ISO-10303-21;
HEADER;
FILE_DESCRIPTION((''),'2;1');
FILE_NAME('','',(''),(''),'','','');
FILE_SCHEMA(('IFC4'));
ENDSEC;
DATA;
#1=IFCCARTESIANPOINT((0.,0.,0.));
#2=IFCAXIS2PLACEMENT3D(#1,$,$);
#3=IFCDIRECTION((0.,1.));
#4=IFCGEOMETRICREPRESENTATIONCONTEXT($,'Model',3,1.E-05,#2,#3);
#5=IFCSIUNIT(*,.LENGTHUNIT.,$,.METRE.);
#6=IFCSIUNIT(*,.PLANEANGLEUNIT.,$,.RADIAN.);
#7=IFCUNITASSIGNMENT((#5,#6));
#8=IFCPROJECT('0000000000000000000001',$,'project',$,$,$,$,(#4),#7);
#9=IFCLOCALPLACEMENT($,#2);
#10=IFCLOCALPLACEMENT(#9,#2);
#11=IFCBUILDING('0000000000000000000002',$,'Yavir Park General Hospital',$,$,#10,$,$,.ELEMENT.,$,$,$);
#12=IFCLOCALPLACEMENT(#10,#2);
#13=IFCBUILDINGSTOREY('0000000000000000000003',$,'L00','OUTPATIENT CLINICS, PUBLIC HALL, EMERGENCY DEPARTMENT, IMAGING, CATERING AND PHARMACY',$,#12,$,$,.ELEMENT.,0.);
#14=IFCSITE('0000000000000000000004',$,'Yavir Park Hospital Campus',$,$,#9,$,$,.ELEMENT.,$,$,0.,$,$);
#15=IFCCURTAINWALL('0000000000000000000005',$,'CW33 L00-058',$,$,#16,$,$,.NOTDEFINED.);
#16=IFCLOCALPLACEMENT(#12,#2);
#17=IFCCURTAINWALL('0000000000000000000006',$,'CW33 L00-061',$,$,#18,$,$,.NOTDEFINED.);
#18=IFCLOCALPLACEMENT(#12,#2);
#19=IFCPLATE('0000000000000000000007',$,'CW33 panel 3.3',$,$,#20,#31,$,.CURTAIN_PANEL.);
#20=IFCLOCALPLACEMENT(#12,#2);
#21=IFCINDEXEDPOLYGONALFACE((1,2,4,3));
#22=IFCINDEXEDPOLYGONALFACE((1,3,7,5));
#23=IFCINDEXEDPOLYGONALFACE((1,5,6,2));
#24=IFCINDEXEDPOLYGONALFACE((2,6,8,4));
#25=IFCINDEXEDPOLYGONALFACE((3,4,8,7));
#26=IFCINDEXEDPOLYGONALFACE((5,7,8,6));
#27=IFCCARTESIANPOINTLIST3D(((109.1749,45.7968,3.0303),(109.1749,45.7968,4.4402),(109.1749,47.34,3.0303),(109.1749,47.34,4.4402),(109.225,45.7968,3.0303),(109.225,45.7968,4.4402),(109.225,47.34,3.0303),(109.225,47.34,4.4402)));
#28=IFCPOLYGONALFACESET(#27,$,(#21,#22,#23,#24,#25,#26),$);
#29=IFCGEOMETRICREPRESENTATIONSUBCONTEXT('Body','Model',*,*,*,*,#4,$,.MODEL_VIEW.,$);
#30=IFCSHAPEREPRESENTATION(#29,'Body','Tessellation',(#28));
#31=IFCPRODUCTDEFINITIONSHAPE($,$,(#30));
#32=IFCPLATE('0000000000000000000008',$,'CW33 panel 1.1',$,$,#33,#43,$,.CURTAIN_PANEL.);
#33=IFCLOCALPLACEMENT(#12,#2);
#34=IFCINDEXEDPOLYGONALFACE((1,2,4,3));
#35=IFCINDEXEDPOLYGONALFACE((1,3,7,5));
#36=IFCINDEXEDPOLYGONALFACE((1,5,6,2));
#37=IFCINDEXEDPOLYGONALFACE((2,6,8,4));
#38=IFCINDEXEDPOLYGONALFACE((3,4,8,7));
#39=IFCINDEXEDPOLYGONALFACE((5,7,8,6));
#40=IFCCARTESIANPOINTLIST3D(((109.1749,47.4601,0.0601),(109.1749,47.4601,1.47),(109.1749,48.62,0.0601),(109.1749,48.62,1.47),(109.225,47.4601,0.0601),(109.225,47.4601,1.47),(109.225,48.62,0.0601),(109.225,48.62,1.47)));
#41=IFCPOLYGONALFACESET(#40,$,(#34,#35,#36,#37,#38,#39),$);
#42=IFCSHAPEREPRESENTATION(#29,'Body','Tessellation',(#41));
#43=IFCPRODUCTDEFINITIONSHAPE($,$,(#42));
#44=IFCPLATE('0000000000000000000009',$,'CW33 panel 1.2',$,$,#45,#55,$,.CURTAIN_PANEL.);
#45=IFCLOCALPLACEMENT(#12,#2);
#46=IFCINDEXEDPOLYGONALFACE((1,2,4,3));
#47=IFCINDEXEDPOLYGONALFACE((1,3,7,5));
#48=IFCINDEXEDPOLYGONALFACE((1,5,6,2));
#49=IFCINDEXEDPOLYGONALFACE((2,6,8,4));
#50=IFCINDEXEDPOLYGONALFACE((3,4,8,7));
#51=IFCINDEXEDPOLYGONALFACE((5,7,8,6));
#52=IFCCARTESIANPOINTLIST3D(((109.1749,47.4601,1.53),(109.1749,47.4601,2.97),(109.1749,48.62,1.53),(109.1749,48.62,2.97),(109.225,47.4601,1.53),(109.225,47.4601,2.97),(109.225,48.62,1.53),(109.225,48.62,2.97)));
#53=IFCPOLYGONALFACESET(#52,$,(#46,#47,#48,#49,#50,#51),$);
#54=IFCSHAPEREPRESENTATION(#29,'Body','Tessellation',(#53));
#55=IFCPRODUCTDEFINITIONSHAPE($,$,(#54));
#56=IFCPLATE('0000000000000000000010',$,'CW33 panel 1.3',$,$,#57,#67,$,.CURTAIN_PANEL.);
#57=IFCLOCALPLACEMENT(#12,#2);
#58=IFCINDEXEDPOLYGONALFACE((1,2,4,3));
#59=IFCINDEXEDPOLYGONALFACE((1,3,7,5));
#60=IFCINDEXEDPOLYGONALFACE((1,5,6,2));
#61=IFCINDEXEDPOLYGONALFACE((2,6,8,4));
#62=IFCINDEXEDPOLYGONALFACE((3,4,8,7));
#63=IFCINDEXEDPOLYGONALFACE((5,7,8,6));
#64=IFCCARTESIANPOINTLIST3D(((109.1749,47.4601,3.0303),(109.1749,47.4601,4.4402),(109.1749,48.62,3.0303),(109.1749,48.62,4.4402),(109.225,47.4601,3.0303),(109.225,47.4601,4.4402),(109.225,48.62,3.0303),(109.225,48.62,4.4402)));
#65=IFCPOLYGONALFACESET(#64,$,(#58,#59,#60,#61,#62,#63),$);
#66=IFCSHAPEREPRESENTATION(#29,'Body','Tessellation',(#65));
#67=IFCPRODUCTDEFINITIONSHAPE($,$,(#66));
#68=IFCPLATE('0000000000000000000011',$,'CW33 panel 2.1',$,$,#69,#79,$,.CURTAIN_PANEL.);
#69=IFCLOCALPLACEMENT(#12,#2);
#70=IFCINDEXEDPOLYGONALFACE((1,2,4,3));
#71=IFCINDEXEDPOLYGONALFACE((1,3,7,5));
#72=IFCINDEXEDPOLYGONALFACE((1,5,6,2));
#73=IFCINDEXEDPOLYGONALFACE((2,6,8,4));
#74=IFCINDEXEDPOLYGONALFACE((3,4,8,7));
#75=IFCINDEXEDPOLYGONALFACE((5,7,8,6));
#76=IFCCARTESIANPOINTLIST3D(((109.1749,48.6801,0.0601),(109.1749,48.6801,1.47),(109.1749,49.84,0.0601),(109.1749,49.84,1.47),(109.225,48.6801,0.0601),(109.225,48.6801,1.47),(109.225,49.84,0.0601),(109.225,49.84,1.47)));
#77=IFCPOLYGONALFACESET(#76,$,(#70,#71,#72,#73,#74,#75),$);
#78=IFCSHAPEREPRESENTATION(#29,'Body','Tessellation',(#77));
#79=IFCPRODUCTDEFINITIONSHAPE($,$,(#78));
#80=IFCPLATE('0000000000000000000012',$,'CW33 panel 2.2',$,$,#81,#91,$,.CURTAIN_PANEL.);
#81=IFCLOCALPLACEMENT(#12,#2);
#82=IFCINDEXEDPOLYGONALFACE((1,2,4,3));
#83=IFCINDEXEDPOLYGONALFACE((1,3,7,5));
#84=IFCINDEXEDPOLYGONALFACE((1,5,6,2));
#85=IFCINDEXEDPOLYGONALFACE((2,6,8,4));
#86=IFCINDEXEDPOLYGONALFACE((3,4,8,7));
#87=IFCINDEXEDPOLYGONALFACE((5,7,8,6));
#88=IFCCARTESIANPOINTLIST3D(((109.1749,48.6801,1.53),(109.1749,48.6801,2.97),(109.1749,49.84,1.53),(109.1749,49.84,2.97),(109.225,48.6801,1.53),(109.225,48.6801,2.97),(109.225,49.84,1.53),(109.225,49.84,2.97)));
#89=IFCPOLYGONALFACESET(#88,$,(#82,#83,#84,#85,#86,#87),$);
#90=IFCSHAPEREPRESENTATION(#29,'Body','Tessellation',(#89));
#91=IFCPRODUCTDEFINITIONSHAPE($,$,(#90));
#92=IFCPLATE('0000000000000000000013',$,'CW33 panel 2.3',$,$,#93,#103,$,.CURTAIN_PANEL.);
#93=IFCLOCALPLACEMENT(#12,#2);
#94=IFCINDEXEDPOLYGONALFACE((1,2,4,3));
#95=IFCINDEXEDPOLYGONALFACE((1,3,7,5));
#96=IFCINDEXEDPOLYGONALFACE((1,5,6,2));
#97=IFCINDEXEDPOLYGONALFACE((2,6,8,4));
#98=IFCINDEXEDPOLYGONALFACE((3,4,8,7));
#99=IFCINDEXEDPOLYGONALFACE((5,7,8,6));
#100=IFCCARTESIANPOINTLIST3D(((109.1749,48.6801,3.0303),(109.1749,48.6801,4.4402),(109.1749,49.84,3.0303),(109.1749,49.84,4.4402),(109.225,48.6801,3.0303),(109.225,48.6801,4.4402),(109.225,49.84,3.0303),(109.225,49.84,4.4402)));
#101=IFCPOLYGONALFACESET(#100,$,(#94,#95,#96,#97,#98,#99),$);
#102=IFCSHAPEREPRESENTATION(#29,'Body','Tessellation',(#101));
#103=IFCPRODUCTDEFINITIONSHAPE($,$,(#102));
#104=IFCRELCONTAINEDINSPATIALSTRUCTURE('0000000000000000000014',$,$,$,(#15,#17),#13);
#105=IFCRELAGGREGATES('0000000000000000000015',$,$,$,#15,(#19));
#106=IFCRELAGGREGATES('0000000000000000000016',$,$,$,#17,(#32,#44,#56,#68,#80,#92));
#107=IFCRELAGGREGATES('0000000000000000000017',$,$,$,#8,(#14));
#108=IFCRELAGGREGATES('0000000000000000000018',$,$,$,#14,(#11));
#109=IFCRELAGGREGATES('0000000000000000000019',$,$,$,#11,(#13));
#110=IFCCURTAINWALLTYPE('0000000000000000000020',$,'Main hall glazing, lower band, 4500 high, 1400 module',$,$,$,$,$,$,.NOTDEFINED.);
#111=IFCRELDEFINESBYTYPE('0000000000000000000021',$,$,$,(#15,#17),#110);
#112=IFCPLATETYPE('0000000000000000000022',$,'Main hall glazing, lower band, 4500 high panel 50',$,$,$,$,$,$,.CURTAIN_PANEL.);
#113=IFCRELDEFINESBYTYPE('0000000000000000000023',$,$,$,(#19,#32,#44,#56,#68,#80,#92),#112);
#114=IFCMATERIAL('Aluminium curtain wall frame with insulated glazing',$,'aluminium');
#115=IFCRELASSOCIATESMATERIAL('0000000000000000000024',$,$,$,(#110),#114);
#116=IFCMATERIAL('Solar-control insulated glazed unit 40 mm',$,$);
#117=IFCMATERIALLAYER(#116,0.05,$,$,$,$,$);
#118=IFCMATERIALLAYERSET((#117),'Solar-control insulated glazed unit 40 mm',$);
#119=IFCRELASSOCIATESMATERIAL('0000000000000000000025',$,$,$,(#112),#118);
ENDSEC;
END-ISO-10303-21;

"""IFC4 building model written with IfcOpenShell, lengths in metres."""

from ifc_helpers import new_model, si_unit, direction, frame, origin, origin_2d, place, context, subcontext, project, spatial, rectangle, extrude, material, layer, layer_set, type_object, element, aggregate, save


model = new_model("IFC4")

# Units and contexts
model_context = context("Model", 3, precision=1e-05, world=origin(), true_north=direction((0.0, 1.0)))
body_context = subcontext(model_context, "Body", "Model", "MODEL_VIEW")
ifc_project = project(units=[si_unit("LENGTHUNIT", "METRE"), si_unit("PLANEANGLEUNIT", "RADIAN")], contexts=[model_context])

# Site, building, storey
site_placement = place(None, origin())
site = spatial("IfcSite", under=ifc_project, at=site_placement, Name="Yavir Park Hospital Campus", CompositionType="ELEMENT", RefElevation=0.0)
building_placement = place(site_placement, origin())
building = spatial("IfcBuilding", under=site, at=building_placement, Name="Yavir Park General Hospital", CompositionType="ELEMENT")
storey_placement = place(building_placement, origin())
storey = spatial("IfcBuildingStorey", under=building, at=storey_placement, Name="L00", Description="OUTPATIENT CLINICS, PUBLIC HALL, EMERGENCY DEPARTMENT, IMAGING, CATERING AND PHARMACY", CompositionType="ELEMENT", Elevation=0.0)

# Curtain walls
ifc_material_1 = material(Name="Aluminium curtain wall frame with insulated glazing", Category="aluminium")
curtain_wall_type_1 = type_object("IfcCurtainWallType", Name="Main hall glazing, lower band, 4500 high, 1400 module", PredefinedType="NOTDEFINED", material=ifc_material_1)
curtain_wall_1_placement = place(storey_placement, origin())
curtain_wall_1 = element("IfcCurtainWall", 1, at=curtain_wall_1_placement, inside=storey, type_object=curtain_wall_type_1, Name="CW33 L00-058", PredefinedType="NOTDEFINED")
curtain_wall_2_placement = place(storey_placement, origin())
curtain_wall_2 = element("IfcCurtainWall", 2, at=curtain_wall_2_placement, inside=storey, type_object=curtain_wall_type_1, Name="CW33 L00-061", PredefinedType="NOTDEFINED")

# Plates
ifc_material_2 = material(Name="Solar-control insulated glazed unit 40 mm")
ifc_layer = layer(ifc_material_2, 0.05)
ifc_layer_set = layer_set([ifc_layer], Name="Solar-control insulated glazed unit 40 mm")
plate_type = type_object("IfcPlateType", Name="Main hall glazing, lower band, 4500 high panel 50", PredefinedType="CURTAIN_PANEL", material=ifc_layer_set)
plate_1_placement = place(storey_placement, frame((109.2, 46.5684, 3.0303), z_axis=(0.0, 0.0, 1.0), x_axis=(0.0, 1.0, 0.0)))
plate_1 = element("IfcPlate", 3, at=plate_1_placement, type_object=plate_type, Name="CW33 panel 3.3", PredefinedType="CURTAIN_PANEL", context=body_context, shape_type="SweptSolid", body=[
    extrude(rectangle(XDim=1.5432, YDim=0.05, at=origin_2d()), origin(), (0.0, 0.0, 1.0), 1.4099),
])
aggregate(curtain_wall_1, [plate_1])
plate_2_placement = place(storey_placement, frame((109.2, 48.04, 0.0601), z_axis=(0.0, 0.0, 1.0), x_axis=(0.0, 1.0, 0.0)))
plate_2 = element("IfcPlate", 4, at=plate_2_placement, type_object=plate_type, Name="CW33 panel 1.1", PredefinedType="CURTAIN_PANEL", context=body_context, shape_type="SweptSolid", body=[
    extrude(rectangle(XDim=1.1599, YDim=0.05, at=origin_2d()), origin(), (0.0, 0.0, 1.0), 1.4099),
])
plate_3_placement = place(storey_placement, frame((109.2, 48.04, 1.53), z_axis=(0.0, 0.0, 1.0), x_axis=(0.0, 1.0, 0.0)))
plate_3 = element("IfcPlate", 5, at=plate_3_placement, type_object=plate_type, Name="CW33 panel 1.2", PredefinedType="CURTAIN_PANEL", context=body_context, shape_type="SweptSolid", body=[
    extrude(rectangle(XDim=1.1599, YDim=0.05, at=origin_2d()), origin(), (0.0, 0.0, 1.0), 1.4399),
])
plate_4_placement = place(storey_placement, frame((109.2, 48.04, 3.0303), z_axis=(0.0, 0.0, 1.0), x_axis=(0.0, 1.0, 0.0)))
plate_4 = element("IfcPlate", 6, at=plate_4_placement, type_object=plate_type, Name="CW33 panel 1.3", PredefinedType="CURTAIN_PANEL", context=body_context, shape_type="SweptSolid", body=[
    extrude(rectangle(XDim=1.1599, YDim=0.05, at=origin_2d()), origin(), (0.0, 0.0, 1.0), 1.4099),
])
plate_5_placement = place(storey_placement, frame((109.2, 49.26, 0.0601), z_axis=(0.0, 0.0, 1.0), x_axis=(0.0, 1.0, 0.0)))
plate_5 = element("IfcPlate", 7, at=plate_5_placement, type_object=plate_type, Name="CW33 panel 2.1", PredefinedType="CURTAIN_PANEL", context=body_context, shape_type="SweptSolid", body=[
    extrude(rectangle(XDim=1.1599, YDim=0.05, at=origin_2d()), origin(), (0.0, 0.0, 1.0), 1.4099),
])
plate_6_placement = place(storey_placement, frame((109.2, 49.26, 1.53), z_axis=(0.0, 0.0, 1.0), x_axis=(0.0, 1.0, 0.0)))
plate_6 = element("IfcPlate", 8, at=plate_6_placement, type_object=plate_type, Name="CW33 panel 2.2", PredefinedType="CURTAIN_PANEL", context=body_context, shape_type="SweptSolid", body=[
    extrude(rectangle(XDim=1.1599, YDim=0.05, at=origin_2d()), origin(), (0.0, 0.0, 1.0), 1.4399),
])
plate_7_placement = place(storey_placement, frame((109.2, 49.26, 3.0303), z_axis=(0.0, 0.0, 1.0), x_axis=(0.0, 1.0, 0.0)))
plate_7 = element("IfcPlate", 9, at=plate_7_placement, type_object=plate_type, Name="CW33 panel 2.3", PredefinedType="CURTAIN_PANEL", context=body_context, shape_type="SweptSolid", body=[
    extrude(rectangle(XDim=1.1599, YDim=0.05, at=origin_2d()), origin(), (0.0, 0.0, 1.0), 1.4099),
])
aggregate(curtain_wall_2, [plate_2, plate_3, plate_4, plate_5, plate_6, plate_7])

save(model, "model.ifc")
